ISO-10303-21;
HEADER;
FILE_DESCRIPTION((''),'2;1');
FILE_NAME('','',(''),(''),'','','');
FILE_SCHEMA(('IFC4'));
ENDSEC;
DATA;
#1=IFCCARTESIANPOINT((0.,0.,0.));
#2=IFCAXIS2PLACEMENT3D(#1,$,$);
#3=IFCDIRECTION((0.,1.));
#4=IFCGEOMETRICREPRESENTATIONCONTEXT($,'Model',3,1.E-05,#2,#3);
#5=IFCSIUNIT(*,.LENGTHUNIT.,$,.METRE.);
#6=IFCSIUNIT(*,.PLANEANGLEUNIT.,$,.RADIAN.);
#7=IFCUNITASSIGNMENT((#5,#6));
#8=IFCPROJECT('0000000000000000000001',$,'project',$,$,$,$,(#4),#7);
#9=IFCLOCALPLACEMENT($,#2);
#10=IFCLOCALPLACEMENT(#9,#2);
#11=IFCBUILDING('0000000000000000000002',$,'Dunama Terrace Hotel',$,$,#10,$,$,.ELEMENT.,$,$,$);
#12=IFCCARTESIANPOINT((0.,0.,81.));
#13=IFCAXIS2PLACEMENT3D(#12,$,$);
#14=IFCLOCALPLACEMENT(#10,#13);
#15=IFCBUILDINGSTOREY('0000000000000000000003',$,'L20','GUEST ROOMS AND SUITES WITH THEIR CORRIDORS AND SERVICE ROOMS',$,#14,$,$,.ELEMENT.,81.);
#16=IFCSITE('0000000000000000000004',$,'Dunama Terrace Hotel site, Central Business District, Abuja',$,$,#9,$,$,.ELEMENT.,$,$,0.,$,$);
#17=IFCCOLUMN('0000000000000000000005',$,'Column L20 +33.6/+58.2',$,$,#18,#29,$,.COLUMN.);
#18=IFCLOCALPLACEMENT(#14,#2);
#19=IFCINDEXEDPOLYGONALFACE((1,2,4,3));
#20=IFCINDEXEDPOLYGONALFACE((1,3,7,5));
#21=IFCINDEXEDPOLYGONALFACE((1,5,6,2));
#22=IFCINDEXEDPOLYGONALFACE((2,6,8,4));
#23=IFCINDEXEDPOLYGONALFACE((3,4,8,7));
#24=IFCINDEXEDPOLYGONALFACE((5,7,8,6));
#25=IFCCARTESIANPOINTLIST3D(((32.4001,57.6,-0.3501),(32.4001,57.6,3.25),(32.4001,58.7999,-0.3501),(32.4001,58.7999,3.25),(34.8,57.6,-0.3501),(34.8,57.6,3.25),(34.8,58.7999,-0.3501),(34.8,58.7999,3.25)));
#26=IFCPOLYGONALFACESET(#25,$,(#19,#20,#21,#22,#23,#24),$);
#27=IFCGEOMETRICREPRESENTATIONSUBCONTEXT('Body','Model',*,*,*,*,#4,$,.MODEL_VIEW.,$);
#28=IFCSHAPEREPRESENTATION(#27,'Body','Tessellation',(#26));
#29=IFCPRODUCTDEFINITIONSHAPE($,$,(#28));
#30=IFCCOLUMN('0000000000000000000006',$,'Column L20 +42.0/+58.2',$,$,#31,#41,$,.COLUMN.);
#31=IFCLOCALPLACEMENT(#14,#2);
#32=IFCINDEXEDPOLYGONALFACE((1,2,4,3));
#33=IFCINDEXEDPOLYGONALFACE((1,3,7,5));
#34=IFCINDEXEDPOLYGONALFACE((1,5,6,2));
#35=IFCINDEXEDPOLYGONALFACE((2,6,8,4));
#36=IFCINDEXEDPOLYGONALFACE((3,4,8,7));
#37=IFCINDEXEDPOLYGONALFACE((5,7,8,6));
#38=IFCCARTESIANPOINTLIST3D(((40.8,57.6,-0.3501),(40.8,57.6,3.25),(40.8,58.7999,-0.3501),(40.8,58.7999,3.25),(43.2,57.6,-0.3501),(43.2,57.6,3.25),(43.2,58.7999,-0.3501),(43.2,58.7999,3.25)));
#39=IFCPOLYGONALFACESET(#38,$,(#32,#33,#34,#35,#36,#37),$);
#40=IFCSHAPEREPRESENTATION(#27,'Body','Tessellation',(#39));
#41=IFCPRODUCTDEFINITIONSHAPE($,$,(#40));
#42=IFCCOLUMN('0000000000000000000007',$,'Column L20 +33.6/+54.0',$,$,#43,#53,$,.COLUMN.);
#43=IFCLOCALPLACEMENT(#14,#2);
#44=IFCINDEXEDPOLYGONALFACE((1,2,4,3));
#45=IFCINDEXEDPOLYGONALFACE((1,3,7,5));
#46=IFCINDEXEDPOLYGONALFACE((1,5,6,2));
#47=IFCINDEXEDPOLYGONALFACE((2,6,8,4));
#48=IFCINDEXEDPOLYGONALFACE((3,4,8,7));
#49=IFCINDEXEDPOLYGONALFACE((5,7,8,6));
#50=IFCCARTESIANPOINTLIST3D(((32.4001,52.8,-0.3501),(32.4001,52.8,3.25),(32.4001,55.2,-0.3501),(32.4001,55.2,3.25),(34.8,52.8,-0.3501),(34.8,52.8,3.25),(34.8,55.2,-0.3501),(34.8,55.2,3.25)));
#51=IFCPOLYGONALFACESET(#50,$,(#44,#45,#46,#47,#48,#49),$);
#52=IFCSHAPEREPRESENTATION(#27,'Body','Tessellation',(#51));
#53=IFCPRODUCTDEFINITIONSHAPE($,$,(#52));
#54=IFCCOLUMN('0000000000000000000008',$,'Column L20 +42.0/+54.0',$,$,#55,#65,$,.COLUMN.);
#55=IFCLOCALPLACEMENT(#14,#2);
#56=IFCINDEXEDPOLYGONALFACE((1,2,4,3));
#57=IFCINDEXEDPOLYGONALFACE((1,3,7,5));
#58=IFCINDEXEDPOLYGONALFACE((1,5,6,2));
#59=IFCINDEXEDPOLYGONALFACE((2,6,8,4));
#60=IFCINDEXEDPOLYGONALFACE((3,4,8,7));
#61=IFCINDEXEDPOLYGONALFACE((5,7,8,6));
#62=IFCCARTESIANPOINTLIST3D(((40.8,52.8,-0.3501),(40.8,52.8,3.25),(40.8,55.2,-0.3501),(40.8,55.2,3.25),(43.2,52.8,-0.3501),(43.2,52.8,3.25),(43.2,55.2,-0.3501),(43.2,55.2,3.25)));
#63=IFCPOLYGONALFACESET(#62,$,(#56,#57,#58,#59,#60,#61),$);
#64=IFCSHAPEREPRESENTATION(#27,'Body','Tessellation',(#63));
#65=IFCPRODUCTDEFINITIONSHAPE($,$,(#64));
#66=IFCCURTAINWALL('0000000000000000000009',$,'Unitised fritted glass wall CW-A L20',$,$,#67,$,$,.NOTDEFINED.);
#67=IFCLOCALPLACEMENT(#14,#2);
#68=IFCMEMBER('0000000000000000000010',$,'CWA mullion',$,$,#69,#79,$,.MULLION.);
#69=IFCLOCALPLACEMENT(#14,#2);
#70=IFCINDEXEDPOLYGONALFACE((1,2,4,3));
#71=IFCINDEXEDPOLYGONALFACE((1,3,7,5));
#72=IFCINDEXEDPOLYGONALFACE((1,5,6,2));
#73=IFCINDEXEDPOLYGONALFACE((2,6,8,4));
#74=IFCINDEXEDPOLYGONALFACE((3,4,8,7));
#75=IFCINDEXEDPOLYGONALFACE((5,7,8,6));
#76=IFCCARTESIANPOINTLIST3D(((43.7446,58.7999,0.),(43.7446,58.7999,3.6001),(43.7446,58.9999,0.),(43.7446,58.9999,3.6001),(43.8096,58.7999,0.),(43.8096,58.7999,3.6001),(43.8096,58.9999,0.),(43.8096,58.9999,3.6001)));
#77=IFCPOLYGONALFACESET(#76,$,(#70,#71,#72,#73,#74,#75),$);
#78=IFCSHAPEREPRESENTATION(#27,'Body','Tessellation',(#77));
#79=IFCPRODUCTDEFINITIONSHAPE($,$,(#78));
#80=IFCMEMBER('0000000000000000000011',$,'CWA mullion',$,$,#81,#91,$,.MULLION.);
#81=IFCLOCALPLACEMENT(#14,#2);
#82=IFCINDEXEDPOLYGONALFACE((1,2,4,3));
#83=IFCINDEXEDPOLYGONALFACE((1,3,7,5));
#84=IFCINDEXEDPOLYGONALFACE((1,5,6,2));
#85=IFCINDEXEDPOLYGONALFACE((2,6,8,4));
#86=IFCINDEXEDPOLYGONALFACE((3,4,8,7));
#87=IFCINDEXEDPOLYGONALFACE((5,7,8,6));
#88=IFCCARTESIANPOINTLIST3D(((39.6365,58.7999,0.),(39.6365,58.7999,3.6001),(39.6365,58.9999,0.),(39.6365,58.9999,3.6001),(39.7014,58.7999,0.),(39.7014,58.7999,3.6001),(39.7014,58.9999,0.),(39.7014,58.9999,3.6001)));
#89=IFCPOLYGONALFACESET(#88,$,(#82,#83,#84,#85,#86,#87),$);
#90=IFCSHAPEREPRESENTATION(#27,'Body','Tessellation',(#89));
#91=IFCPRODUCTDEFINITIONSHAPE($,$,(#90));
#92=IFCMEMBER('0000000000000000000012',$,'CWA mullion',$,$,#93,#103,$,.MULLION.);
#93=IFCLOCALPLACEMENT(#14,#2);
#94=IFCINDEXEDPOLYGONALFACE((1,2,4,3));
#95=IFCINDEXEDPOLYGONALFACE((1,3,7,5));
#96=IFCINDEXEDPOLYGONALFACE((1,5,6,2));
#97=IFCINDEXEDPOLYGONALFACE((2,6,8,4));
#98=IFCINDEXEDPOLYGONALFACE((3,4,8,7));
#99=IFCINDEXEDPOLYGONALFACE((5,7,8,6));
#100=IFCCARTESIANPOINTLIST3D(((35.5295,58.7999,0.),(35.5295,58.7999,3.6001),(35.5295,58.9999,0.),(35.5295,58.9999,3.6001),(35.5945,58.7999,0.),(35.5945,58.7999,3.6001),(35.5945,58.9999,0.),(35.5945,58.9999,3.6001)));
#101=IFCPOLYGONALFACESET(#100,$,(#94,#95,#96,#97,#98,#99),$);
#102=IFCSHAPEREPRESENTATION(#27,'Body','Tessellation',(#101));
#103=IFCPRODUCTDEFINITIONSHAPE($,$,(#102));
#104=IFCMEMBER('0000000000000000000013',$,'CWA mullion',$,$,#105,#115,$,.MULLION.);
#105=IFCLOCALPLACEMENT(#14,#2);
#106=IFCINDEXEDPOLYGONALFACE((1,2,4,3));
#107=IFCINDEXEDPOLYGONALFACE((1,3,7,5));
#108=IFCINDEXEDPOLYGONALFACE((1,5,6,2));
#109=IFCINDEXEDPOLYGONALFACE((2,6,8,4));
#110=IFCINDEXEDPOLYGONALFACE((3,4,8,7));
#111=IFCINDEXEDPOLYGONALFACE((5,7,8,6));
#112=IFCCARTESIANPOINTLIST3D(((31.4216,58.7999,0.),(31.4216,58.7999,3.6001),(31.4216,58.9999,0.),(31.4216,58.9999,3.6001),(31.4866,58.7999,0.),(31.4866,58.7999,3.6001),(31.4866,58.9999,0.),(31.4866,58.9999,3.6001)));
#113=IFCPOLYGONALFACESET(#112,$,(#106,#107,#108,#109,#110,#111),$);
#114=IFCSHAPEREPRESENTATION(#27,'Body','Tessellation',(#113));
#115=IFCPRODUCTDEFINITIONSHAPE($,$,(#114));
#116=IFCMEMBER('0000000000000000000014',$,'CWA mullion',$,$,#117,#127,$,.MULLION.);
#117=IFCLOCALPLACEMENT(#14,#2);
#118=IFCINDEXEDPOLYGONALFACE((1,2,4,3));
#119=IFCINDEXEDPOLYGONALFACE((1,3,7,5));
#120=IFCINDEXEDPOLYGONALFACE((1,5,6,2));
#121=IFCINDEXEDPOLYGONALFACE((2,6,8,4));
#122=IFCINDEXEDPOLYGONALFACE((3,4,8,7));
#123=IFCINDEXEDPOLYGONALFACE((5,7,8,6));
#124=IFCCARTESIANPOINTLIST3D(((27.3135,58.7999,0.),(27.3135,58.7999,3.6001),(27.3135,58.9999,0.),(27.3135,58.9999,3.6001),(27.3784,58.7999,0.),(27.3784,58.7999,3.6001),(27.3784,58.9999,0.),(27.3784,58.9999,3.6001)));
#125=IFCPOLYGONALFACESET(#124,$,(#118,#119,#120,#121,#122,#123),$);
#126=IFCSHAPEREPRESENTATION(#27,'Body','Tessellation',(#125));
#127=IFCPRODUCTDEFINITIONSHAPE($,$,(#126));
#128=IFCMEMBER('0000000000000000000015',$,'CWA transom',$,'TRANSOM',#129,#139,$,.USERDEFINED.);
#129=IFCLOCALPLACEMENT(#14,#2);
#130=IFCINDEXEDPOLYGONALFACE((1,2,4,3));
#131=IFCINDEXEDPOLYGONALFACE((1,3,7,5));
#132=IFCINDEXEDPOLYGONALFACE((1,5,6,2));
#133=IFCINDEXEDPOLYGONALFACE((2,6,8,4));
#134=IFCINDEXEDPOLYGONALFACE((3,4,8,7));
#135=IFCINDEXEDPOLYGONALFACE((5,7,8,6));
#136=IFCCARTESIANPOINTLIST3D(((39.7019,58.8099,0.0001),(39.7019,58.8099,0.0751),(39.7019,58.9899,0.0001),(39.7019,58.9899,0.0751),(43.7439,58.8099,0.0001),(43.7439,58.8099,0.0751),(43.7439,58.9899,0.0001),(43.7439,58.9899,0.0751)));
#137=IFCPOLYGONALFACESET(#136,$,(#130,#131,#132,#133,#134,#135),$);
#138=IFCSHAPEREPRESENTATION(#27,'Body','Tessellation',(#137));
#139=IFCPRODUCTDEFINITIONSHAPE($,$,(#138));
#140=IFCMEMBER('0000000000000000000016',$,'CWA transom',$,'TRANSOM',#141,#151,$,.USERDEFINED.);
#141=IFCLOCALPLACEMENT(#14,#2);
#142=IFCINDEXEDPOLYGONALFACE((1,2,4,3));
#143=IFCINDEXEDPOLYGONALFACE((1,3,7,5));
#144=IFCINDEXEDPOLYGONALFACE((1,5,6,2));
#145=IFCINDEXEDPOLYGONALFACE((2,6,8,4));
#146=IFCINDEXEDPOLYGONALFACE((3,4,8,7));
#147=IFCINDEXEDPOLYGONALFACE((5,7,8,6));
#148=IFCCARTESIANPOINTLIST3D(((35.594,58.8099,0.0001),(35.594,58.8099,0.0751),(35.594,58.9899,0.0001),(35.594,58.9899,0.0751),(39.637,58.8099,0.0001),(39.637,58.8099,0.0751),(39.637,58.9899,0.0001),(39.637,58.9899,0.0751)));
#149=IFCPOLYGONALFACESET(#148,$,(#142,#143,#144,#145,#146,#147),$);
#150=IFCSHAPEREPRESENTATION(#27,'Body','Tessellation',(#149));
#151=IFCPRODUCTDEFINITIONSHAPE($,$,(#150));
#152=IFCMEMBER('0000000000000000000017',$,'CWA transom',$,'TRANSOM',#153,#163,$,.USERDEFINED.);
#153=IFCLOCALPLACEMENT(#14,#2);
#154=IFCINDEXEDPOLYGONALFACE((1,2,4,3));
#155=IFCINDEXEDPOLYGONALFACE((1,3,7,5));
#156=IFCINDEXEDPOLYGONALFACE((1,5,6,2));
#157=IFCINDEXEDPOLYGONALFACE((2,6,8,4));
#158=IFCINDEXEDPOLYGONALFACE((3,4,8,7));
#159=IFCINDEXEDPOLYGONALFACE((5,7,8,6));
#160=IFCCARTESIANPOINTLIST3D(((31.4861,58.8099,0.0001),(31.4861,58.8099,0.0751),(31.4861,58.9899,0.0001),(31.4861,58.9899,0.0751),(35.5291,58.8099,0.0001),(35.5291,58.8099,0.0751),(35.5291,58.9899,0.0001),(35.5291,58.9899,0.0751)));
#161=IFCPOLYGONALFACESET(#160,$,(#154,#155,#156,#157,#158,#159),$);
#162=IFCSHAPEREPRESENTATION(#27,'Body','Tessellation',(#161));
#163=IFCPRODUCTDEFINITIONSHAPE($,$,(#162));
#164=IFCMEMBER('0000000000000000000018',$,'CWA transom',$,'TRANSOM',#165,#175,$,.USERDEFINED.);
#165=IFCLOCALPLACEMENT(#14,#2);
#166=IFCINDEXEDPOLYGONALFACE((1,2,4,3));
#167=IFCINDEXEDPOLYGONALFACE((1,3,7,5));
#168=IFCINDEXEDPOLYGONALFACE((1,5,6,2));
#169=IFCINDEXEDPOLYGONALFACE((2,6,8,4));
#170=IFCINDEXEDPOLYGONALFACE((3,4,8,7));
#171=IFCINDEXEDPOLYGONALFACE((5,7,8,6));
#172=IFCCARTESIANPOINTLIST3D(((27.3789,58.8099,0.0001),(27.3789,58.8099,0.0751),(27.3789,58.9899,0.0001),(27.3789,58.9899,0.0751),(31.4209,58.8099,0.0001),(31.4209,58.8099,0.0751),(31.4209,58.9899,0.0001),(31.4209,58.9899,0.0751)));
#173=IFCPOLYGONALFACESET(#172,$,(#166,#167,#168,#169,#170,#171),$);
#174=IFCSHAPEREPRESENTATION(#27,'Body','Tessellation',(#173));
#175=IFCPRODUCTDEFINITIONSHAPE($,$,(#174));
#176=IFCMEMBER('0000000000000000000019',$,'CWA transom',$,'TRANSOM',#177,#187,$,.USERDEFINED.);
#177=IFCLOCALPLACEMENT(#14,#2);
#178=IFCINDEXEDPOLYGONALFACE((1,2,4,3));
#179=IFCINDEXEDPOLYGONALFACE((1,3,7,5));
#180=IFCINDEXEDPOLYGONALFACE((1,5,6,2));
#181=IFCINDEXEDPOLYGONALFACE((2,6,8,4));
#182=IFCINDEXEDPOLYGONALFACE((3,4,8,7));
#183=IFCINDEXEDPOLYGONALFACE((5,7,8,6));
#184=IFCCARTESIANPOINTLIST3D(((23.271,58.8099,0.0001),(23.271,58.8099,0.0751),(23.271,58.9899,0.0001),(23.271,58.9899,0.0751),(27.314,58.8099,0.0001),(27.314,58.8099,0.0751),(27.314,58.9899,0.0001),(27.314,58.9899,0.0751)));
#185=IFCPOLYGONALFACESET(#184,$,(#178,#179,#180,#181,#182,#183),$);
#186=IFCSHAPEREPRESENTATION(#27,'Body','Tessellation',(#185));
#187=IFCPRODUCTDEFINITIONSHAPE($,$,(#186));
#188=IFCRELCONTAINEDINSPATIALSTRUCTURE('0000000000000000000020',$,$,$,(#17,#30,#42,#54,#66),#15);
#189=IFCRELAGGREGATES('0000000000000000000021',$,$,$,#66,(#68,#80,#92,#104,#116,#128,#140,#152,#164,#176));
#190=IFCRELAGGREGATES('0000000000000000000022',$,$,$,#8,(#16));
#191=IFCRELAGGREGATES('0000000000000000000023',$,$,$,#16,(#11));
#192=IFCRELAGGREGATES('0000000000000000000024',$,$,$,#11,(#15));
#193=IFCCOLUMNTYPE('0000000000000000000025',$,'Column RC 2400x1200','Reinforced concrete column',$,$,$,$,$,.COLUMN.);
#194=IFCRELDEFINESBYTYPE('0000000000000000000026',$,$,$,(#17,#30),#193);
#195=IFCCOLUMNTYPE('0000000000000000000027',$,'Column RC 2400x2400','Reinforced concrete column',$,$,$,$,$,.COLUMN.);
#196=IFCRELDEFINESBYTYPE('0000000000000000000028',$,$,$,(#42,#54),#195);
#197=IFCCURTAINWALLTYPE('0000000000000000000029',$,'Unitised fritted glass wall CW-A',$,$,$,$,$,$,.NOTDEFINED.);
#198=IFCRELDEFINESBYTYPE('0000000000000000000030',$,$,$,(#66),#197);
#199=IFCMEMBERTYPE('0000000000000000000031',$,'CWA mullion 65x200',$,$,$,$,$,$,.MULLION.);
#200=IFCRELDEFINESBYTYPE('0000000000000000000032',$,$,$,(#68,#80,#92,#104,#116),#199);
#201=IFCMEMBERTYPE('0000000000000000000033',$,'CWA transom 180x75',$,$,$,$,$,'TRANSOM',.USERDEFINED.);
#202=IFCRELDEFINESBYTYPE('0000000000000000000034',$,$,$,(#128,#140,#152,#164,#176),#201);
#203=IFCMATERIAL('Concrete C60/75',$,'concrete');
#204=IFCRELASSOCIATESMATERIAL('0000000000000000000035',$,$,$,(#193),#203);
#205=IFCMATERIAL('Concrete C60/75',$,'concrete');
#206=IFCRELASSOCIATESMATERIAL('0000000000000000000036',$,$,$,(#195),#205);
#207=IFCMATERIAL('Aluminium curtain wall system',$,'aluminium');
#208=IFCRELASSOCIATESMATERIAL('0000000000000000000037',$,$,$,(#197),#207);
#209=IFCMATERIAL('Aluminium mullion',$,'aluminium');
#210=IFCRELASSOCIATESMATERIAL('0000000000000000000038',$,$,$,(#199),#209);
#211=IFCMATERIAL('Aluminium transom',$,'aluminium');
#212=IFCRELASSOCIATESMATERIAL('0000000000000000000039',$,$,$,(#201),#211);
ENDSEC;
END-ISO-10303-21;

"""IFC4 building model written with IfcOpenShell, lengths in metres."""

from ifc_helpers import new_model, si_unit, direction, frame, origin, origin_2d, place, context, subcontext, project, spatial, rectangle, extrude, material, material_profile, profile_set, type_object, element, aggregate, save


model = new_model("IFC4")

# Units and contexts
model_context = context("Model", 3, precision=1e-05, world=origin(), true_north=direction((0.0, 1.0)))
body_context = subcontext(model_context, "Body", "Model", "MODEL_VIEW")
ifc_project = project(units=[si_unit("LENGTHUNIT", "METRE"), si_unit("PLANEANGLEUNIT", "RADIAN")], contexts=[model_context])

# Site, building, storey
site_placement = place(None, origin())
site = spatial("IfcSite", under=ifc_project, at=site_placement, Name="Dunama Terrace Hotel site, Central Business District, Abuja", CompositionType="ELEMENT", RefElevation=0.0)
building_placement = place(site_placement, origin())
building = spatial("IfcBuilding", under=site, at=building_placement, Name="Dunama Terrace Hotel", CompositionType="ELEMENT")
storey_placement = place(building_placement, frame((0.0, 0.0, 81.0)))
storey = spatial("IfcBuildingStorey", under=building, at=storey_placement, Name="L20", Description="GUEST ROOMS AND SUITES WITH THEIR CORRIDORS AND SERVICE ROOMS", CompositionType="ELEMENT", Elevation=81.0)

# Columns
ifc_material_1 = material(Name="Concrete C60/75", Category="concrete")
ifc_material_profile_1 = material_profile(ifc_material_1, rectangle(XDim=2.3999, YDim=1.2, at=origin_2d()), Name="RC 2400x1200")
ifc_profile_set_1 = profile_set([ifc_material_profile_1], Name="Concrete C60/75")
column_type_1 = type_object("IfcColumnType", Name="Column RC 2400x1200", Description="Reinforced concrete column", PredefinedType="COLUMN", material=ifc_profile_set_1)
for number, where, z_axis, x_axis, name in (
    (1, (33.6001, 58.2, -0.3501), (0.0, 0.0, 1.0), (1.0, 0.0, 0.0), "Column L20 +33.6/+58.2"),
    (2, (42.0, 58.2, -0.3501), (0.0, 0.0, 1.0), (1.0, 0.0, 0.0), "Column L20 +42.0/+58.2"),
):
    element("IfcColumn", number, at=place(storey_placement, frame(where, z_axis=z_axis, x_axis=x_axis)), inside=storey, type_object=column_type_1, Name=name, PredefinedType="COLUMN", context=body_context, shape_type="SweptSolid", body=[
        extrude(rectangle(XDim=2.3999, YDim=1.2, at=origin_2d()), origin(), (0.0, 0.0, 1.0), 3.6001),
    ])
ifc_material_2 = material(Name="Concrete C60/75", Category="concrete")
ifc_material_profile_2 = material_profile(ifc_material_2, rectangle(XDim=2.3999, YDim=2.3999, at=origin_2d()), Name="RC 2400x2400")
ifc_profile_set_2 = profile_set([ifc_material_profile_2], Name="Concrete C60/75")
column_type_2 = type_object("IfcColumnType", Name="Column RC 2400x2400", Description="Reinforced concrete column", PredefinedType="COLUMN", material=ifc_profile_set_2)
for number, where, z_axis, x_axis, name in (
    (3, (33.6001, 54.0, -0.3501), (0.0, 0.0, 1.0), (1.0, 0.0, 0.0), "Column L20 +33.6/+54.0"),
    (4, (42.0, 54.0, -0.3501), (0.0, 0.0, 1.0), (1.0, 0.0, 0.0), "Column L20 +42.0/+54.0"),
):
    element("IfcColumn", number, at=place(storey_placement, frame(where, z_axis=z_axis, x_axis=x_axis)), inside=storey, type_object=column_type_2, Name=name, PredefinedType="COLUMN", context=body_context, shape_type="SweptSolid", body=[
        extrude(rectangle(XDim=2.3999, YDim=2.3999, at=origin_2d()), origin(), (0.0, 0.0, 1.0), 3.6001),
    ])

# Curtain wall, members
ifc_material_3 = material(Name="Aluminium curtain wall system", Category="aluminium")
curtain_wall_type = type_object("IfcCurtainWallType", Name="Unitised fritted glass wall CW-A", PredefinedType="NOTDEFINED", material=ifc_material_3)
curtain_wall_placement = place(storey_placement, origin())
curtain_wall = element("IfcCurtainWall", 5, at=curtain_wall_placement, inside=storey, type_object=curtain_wall_type, Name="Unitised fritted glass wall CW-A L20", PredefinedType="NOTDEFINED")
ifc_material_4 = material(Name="Aluminium mullion", Category="aluminium")
ifc_material_profile_3 = material_profile(ifc_material_4, rectangle(XDim=0.0649, YDim=0.2, at=origin_2d()), Name="CWA MULLION 65X200")
ifc_profile_set_3 = profile_set([ifc_material_profile_3], Name="Aluminium mullion")
member_type_1 = type_object("IfcMemberType", Name="CWA mullion 65x200", PredefinedType="MULLION", material=ifc_profile_set_3)
member_1_placement = place(storey_placement, frame((43.7771, 58.8999, 0.0), z_axis=(0.0, 0.0, 1.0), x_axis=(-1.0, 0.0, 0.0)))
member_1 = element("IfcMember", 6, at=member_1_placement, type_object=member_type_1, Name="CWA mullion", PredefinedType="MULLION", context=body_context, shape_type="SweptSolid", body=[
    extrude(rectangle(XDim=0.0649, YDim=0.2, at=origin_2d()), origin(), (0.0, 0.0, 1.0), 3.6001),
])
member_2_placement = place(storey_placement, frame((39.6689, 58.8999, 0.0), z_axis=(0.0, 0.0, 1.0), x_axis=(-1.0, 0.0, 0.0)))
member_2 = element("IfcMember", 7, at=member_2_placement, type_object=member_type_1, Name="CWA mullion", PredefinedType="MULLION", context=body_context, shape_type="SweptSolid", body=[
    extrude(rectangle(XDim=0.0649, YDim=0.2, at=origin_2d()), origin(), (0.0, 0.0, 1.0), 3.6001),
])
member_3_placement = place(storey_placement, frame((35.562, 58.8999, 0.0), z_axis=(0.0, 0.0, 1.0), x_axis=(-1.0, 0.0, 0.0)))
member_3 = element("IfcMember", 8, at=member_3_placement, type_object=member_type_1, Name="CWA mullion", PredefinedType="MULLION", context=body_context, shape_type="SweptSolid", body=[
    extrude(rectangle(XDim=0.0649, YDim=0.2, at=origin_2d()), origin(), (0.0, 0.0, 1.0), 3.6001),
])
member_4_placement = place(storey_placement, frame((31.4541, 58.8999, 0.0), z_axis=(0.0, 0.0, 1.0), x_axis=(-1.0, 0.0, 0.0)))
member_4 = element("IfcMember", 9, at=member_4_placement, type_object=member_type_1, Name="CWA mullion", PredefinedType="MULLION", context=body_context, shape_type="SweptSolid", body=[
    extrude(rectangle(XDim=0.0649, YDim=0.2, at=origin_2d()), origin(), (0.0, 0.0, 1.0), 3.6001),
])
member_5_placement = place(storey_placement, frame((27.3459, 58.8999, 0.0), z_axis=(0.0, 0.0, 1.0), x_axis=(-1.0, 0.0, 0.0)))
member_5 = element("IfcMember", 10, at=member_5_placement, type_object=member_type_1, Name="CWA mullion", PredefinedType="MULLION", context=body_context, shape_type="SweptSolid", body=[
    extrude(rectangle(XDim=0.0649, YDim=0.2, at=origin_2d()), origin(), (0.0, 0.0, 1.0), 3.6001),
])
ifc_material_5 = material(Name="Aluminium transom", Category="aluminium")
ifc_material_profile_4 = material_profile(ifc_material_5, rectangle(XDim=0.1799, YDim=0.075, at=origin_2d()), Name="CWA TRANSOM 180X75")
ifc_profile_set_4 = profile_set([ifc_material_profile_4], Name="Aluminium transom")
member_type_2 = type_object("IfcMemberType", Name="CWA transom 180x75", ElementType="TRANSOM", PredefinedType="USERDEFINED", material=ifc_profile_set_4)
member_6_placement = place(storey_placement, frame((43.7439, 58.8999, 0.0376), z_axis=(-1.0, 0.0, 0.0), x_axis=(0.0, -1.0, 0.0)))
member_6 = element("IfcMember", 11, at=member_6_placement, type_object=member_type_2, Name="CWA transom", ObjectType="TRANSOM", PredefinedType="USERDEFINED", context=body_context, shape_type="SweptSolid", body=[
    extrude(rectangle(XDim=0.1799, YDim=0.075, at=origin_2d()), origin(), (0.0, 0.0, 1.0), 4.042),
])
member_7_placement = place(storey_placement, frame((39.637, 58.8999, 0.0376), z_axis=(-1.0, 0.0, 0.0), x_axis=(0.0, -1.0, 0.0)))
member_7 = element("IfcMember", 12, at=member_7_placement, type_object=member_type_2, Name="CWA transom", ObjectType="TRANSOM", PredefinedType="USERDEFINED", context=body_context, shape_type="SweptSolid", body=[
    extrude(rectangle(XDim=0.1799, YDim=0.075, at=origin_2d()), origin(), (0.0, 0.0, 1.0), 4.043),
])
member_8_placement = place(storey_placement, frame((35.5291, 58.8999, 0.0376), z_axis=(-1.0, 0.0, 0.0), x_axis=(0.0, -1.0, 0.0)))
member_8 = element("IfcMember", 13, at=member_8_placement, type_object=member_type_2, Name="CWA transom", ObjectType="TRANSOM", PredefinedType="USERDEFINED", context=body_context, shape_type="SweptSolid", body=[
    extrude(rectangle(XDim=0.1799, YDim=0.075, at=origin_2d()), origin(), (0.0, 0.0, 1.0), 4.043),
])
member_9_placement = place(storey_placement, frame((31.4209, 58.8999, 0.0376), z_axis=(-1.0, 0.0, 0.0), x_axis=(0.0, -1.0, 0.0)))
member_9 = element("IfcMember", 14, at=member_9_placement, type_object=member_type_2, Name="CWA transom", ObjectType="TRANSOM", PredefinedType="USERDEFINED", context=body_context, shape_type="SweptSolid", body=[
    extrude(rectangle(XDim=0.1799, YDim=0.075, at=origin_2d()), origin(), (0.0, 0.0, 1.0), 4.042),
])
member_10_placement = place(storey_placement, frame((27.314, 58.8999, 0.0376), z_axis=(-1.0, 0.0, 0.0), x_axis=(0.0, -1.0, 0.0)))
member_10 = element("IfcMember", 15, at=member_10_placement, type_object=member_type_2, Name="CWA transom", ObjectType="TRANSOM", PredefinedType="USERDEFINED", context=body_context, shape_type="SweptSolid", body=[
    extrude(rectangle(XDim=0.1799, YDim=0.075, at=origin_2d()), origin(), (0.0, 0.0, 1.0), 4.043),
])

aggregate(curtain_wall, [member_1, member_2, member_3, member_4, member_5, member_6, member_7, member_8, member_9, member_10])

save(model, "model.ifc")
